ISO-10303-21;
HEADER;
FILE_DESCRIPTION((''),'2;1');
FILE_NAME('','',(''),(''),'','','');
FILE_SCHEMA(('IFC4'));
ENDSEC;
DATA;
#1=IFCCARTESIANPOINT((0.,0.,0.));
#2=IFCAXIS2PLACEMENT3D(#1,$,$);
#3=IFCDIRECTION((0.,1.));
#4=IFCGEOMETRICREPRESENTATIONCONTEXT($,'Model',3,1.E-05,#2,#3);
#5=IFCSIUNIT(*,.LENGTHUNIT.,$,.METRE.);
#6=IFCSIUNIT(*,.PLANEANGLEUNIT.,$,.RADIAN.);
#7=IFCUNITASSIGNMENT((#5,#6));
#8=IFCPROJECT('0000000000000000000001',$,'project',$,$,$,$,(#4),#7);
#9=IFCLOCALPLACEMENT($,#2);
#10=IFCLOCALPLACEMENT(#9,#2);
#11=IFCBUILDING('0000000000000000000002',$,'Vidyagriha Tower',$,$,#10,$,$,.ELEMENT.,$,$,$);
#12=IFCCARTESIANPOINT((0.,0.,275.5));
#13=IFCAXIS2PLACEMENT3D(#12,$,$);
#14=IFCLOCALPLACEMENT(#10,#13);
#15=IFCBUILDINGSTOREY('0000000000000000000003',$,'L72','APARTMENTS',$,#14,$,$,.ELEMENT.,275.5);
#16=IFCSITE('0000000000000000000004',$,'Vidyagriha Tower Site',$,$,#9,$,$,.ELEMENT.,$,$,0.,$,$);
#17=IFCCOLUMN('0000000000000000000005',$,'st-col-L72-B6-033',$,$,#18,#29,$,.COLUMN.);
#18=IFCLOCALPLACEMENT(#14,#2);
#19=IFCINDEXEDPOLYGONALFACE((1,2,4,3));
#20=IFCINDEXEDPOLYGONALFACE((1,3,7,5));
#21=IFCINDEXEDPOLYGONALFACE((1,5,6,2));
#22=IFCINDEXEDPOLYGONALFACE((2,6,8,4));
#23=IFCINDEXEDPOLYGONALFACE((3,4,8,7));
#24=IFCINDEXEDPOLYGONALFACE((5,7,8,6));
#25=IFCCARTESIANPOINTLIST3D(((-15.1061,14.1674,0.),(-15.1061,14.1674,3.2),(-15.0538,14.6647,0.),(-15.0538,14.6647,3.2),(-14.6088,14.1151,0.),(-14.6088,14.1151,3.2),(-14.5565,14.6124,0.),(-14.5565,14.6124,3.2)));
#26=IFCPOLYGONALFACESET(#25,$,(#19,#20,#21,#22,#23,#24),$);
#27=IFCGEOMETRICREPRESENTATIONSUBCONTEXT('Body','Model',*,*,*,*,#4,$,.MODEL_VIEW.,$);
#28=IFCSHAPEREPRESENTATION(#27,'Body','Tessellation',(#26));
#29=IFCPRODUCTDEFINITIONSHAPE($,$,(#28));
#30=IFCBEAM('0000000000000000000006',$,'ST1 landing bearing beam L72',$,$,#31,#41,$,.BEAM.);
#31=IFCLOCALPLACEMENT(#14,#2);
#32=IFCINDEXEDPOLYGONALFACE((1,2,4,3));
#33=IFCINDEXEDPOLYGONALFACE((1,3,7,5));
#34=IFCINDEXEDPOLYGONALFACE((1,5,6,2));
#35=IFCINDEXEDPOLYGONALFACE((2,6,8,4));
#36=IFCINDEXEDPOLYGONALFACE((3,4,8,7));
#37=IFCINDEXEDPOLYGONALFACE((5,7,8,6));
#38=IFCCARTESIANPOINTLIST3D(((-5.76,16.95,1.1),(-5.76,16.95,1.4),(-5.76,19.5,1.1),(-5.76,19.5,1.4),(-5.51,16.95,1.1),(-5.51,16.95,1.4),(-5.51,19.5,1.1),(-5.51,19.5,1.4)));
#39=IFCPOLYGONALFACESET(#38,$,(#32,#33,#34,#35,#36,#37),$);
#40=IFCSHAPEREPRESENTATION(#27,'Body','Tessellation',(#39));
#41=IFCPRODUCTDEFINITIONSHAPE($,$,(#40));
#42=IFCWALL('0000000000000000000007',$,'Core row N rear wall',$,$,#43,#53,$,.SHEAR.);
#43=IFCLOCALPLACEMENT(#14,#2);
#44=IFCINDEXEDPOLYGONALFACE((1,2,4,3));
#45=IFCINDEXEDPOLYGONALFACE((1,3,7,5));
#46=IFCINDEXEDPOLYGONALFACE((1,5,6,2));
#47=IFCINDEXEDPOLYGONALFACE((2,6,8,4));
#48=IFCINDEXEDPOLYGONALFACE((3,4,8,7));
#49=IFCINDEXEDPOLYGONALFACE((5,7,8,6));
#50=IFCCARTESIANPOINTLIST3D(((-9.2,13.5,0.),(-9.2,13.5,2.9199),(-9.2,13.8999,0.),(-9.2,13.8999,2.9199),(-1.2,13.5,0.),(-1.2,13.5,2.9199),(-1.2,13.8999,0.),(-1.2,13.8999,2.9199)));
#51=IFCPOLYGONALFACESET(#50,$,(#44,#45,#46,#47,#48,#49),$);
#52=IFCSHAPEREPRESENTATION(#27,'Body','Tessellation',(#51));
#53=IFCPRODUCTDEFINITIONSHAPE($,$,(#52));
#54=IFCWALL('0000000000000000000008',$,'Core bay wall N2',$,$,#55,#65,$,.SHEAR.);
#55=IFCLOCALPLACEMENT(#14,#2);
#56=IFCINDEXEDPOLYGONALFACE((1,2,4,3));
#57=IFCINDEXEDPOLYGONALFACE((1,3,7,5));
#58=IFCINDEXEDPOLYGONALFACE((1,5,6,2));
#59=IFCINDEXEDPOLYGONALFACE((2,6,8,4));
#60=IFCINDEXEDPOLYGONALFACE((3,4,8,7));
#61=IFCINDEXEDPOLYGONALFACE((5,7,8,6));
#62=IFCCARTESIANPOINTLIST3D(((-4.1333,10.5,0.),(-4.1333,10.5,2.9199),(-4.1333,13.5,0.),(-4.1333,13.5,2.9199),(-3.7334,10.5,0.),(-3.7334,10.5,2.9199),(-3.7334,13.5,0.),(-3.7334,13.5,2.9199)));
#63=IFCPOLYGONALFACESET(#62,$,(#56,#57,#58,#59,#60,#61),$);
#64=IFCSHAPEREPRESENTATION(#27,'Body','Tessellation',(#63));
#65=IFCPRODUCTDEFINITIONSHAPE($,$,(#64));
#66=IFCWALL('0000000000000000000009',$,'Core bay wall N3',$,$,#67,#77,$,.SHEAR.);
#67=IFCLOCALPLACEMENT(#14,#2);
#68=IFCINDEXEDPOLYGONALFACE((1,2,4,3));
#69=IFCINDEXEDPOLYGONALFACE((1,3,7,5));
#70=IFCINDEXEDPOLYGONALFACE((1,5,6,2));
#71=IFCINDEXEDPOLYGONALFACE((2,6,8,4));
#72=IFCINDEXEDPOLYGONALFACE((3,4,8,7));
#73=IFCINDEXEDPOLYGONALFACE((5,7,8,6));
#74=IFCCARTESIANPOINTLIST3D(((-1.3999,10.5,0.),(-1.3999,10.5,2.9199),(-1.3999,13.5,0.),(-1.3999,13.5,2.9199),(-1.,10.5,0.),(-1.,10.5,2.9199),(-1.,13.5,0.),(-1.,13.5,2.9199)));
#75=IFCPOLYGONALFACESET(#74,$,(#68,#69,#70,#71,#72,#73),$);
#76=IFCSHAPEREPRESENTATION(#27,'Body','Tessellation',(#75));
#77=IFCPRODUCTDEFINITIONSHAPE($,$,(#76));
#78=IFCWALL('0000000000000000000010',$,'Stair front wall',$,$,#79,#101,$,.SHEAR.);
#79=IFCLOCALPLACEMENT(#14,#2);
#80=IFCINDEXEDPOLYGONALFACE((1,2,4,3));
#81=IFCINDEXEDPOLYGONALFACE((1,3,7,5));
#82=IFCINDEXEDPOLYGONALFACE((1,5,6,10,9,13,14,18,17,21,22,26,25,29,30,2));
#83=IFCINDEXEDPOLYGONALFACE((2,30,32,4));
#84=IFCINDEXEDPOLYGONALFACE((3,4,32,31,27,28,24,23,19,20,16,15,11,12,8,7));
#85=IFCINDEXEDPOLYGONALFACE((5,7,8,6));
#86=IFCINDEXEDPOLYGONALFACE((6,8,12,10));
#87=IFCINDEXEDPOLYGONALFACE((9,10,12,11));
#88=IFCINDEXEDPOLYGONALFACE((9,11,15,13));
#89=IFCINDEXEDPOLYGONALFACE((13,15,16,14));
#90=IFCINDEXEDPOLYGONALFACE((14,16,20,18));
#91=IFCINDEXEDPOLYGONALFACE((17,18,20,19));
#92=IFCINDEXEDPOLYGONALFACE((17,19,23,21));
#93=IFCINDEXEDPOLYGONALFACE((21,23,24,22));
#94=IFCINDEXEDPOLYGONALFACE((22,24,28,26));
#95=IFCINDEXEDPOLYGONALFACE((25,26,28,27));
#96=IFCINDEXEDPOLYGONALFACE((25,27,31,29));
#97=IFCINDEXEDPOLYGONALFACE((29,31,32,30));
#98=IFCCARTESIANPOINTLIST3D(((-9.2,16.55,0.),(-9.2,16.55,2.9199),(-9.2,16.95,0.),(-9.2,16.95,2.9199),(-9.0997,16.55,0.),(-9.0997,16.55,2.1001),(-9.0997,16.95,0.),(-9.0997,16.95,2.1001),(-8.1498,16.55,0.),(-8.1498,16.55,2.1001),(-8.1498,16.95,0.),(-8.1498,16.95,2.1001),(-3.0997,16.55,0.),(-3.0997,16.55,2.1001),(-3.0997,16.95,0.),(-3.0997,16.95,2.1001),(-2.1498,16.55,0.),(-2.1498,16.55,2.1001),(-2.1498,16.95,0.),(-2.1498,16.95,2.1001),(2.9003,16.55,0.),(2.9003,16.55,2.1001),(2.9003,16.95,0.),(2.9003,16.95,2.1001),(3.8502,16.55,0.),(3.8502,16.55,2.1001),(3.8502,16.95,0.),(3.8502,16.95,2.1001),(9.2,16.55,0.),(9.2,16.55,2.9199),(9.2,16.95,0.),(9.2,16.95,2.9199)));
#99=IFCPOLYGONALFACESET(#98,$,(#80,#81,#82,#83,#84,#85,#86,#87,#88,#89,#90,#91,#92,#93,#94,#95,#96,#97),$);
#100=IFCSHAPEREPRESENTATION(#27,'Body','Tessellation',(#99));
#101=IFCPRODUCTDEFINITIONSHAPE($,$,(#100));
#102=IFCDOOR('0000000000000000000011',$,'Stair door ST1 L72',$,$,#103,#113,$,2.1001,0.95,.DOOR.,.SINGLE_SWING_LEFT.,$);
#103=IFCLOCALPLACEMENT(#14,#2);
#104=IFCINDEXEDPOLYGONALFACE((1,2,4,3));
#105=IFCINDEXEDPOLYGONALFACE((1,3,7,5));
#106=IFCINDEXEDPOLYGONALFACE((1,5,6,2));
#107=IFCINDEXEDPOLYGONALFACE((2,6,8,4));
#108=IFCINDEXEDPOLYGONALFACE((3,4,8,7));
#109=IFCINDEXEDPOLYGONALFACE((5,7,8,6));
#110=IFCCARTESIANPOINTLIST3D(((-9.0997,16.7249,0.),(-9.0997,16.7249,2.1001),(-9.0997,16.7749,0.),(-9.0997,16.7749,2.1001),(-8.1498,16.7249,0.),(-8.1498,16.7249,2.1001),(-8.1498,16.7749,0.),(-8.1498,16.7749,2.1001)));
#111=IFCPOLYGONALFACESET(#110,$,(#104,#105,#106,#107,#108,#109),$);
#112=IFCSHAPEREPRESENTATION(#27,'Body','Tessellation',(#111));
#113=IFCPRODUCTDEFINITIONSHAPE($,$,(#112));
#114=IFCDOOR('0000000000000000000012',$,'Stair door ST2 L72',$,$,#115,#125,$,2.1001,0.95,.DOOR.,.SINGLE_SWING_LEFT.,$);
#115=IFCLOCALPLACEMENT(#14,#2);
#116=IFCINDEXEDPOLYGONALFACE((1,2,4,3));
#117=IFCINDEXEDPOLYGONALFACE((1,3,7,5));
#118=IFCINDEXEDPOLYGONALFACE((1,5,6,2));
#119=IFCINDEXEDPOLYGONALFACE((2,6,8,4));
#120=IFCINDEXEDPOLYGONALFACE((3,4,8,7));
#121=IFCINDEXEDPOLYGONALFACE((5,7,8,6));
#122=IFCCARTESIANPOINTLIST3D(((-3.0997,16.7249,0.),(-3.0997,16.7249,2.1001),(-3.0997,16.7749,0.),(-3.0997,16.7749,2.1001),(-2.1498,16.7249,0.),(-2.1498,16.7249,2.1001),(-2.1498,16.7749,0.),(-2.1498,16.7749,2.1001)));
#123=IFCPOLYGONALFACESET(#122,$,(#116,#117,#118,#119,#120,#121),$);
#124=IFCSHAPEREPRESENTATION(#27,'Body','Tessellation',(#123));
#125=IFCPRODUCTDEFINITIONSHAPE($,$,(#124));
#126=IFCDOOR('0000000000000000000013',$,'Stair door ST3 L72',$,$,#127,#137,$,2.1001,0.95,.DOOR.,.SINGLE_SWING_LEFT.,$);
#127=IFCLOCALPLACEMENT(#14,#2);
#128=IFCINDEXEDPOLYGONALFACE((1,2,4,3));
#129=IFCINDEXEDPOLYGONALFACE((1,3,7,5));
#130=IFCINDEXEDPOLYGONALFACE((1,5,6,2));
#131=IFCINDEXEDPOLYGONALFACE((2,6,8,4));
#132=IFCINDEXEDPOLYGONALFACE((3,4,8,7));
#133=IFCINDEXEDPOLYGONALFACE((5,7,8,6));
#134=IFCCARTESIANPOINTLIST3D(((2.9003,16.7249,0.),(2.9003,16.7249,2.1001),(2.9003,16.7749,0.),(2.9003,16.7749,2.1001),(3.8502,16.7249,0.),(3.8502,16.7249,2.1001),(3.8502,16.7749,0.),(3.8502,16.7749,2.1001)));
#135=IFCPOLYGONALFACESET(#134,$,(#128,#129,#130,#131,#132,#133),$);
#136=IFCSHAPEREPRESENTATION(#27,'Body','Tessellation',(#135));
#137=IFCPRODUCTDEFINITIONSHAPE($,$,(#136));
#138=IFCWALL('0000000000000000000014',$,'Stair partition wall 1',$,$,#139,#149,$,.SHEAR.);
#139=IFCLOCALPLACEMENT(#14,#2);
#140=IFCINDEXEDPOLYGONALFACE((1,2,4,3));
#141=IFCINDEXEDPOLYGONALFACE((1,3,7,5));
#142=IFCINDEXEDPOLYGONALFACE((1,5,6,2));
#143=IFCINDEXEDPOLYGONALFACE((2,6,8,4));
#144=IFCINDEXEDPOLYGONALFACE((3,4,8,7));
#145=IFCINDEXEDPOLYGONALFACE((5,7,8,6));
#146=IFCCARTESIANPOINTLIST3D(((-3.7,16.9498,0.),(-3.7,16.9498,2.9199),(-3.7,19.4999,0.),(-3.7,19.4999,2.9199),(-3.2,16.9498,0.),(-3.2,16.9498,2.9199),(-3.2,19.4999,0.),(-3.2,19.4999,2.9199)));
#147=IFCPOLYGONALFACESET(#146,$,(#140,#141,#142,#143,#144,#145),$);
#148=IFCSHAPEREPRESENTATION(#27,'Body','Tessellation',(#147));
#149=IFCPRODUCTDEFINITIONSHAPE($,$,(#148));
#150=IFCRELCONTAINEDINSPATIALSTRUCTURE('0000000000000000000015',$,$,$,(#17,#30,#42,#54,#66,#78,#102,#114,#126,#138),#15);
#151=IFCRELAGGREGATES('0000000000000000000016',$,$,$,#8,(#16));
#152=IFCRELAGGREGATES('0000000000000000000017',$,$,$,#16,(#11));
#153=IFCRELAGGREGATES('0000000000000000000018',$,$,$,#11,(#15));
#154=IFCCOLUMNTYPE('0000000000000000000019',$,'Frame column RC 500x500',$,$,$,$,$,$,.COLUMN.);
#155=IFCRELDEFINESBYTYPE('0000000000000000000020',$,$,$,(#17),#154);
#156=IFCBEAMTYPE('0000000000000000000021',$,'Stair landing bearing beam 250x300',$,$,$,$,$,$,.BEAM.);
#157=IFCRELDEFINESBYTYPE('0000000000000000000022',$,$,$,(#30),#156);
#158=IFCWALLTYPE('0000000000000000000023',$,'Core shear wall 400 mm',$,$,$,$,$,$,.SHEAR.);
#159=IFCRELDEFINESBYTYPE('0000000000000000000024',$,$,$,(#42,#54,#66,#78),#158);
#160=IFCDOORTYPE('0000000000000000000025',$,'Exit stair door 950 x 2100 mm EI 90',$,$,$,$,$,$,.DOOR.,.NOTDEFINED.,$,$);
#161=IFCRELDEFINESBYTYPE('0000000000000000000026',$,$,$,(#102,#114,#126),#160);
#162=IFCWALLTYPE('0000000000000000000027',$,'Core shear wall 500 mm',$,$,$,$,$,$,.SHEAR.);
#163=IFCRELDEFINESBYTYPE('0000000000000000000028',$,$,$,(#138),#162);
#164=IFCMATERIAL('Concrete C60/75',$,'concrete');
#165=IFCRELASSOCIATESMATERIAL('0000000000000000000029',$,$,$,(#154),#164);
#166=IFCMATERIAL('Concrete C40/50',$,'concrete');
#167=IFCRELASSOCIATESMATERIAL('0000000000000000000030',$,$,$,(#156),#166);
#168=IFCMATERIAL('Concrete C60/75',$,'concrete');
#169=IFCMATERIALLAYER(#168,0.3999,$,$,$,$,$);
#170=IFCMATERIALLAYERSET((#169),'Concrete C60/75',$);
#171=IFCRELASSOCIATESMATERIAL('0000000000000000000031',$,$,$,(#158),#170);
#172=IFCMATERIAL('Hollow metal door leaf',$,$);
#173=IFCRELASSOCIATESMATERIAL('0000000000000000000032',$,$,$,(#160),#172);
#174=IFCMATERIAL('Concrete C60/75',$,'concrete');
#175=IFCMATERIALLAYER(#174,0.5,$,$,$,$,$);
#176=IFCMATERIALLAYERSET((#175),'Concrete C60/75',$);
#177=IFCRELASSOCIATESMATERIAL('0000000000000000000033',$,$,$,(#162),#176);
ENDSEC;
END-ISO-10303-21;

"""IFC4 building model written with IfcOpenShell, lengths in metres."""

from ifc_helpers import new_model, si_unit, direction, frame, frame_2d, origin, origin_2d, place, context, subcontext, project, spatial, rectangle, extrude, material, layer, layer_set, material_profile, profile_set, type_object, element, fill, save


model = new_model("IFC4")

# Units and contexts
model_context = context("Model", 3, precision=1e-05, world=origin(), true_north=direction((0.0, 1.0)))
body_context = subcontext(model_context, "Body", "Model", "MODEL_VIEW")
ifc_project = project(units=[si_unit("LENGTHUNIT", "METRE"), si_unit("PLANEANGLEUNIT", "RADIAN")], contexts=[model_context])

# Site, building, storey
site_placement = place(None, origin())
site = spatial("IfcSite", under=ifc_project, at=site_placement, Name="Vidyagriha Tower Site", CompositionType="ELEMENT", RefElevation=0.0)
building_placement = place(site_placement, origin())
building = spatial("IfcBuilding", under=site, at=building_placement, Name="Vidyagriha Tower", CompositionType="ELEMENT")
storey_placement = place(building_placement, frame((0.0, 0.0, 275.5)))
storey = spatial("IfcBuildingStorey", under=building, at=storey_placement, Name="L72", Description="APARTMENTS", CompositionType="ELEMENT", Elevation=275.5)

# Column
ifc_material_1 = material(Name="Concrete C60/75", Category="concrete")
ifc_material_profile_1 = material_profile(ifc_material_1, rectangle(XDim=0.5, YDim=0.5, at=origin_2d()), Name="RC 500x500")
ifc_profile_set_1 = profile_set([ifc_material_profile_1], Name="Concrete C60/75")
column_type = type_object("IfcColumnType", Name="Frame column RC 500x500", PredefinedType="COLUMN", material=ifc_profile_set_1)
column_placement = place(storey_placement, frame((-14.8313, 14.3899, 0.0), z_axis=(0.0, 0.0, 1.0), x_axis=(0.994522, -0.104528, 0.0)))
element("IfcColumn", 1, at=column_placement, inside=storey, type_object=column_type, Name="st-col-L72-B6-033", PredefinedType="COLUMN", context=body_context, shape_type="SweptSolid", body=[
    extrude(rectangle(XDim=0.5, YDim=0.5, at=origin_2d()), origin(), (0.0, 0.0, 1.0), 3.2),
])

# Beam
ifc_material_2 = material(Name="Concrete C40/50", Category="concrete")
ifc_material_profile_2 = material_profile(ifc_material_2, rectangle(XDim=0.25, YDim=0.3, at=origin_2d()), Name="Stair landing bearing beam 250x300")
ifc_profile_set_2 = profile_set([ifc_material_profile_2], Name="Concrete C40/50")
beam_type = type_object("IfcBeamType", Name="Stair landing bearing beam 250x300", PredefinedType="BEAM", material=ifc_profile_set_2)
beam_placement = place(storey_placement, frame((-5.635, 16.95, 1.25), z_axis=(0.0, 1.0, 0.0), x_axis=(-1.0, 0.0, 0.0)))
element("IfcBeam", 2, at=beam_placement, inside=storey, type_object=beam_type, Name="ST1 landing bearing beam L72", PredefinedType="BEAM", context=body_context, shape_type="SweptSolid", body=[
    extrude(rectangle(XDim=0.25, YDim=0.3, at=origin_2d()), origin(), (0.0, 0.0, 1.0), 2.55),
])

# Walls
ifc_material_3 = material(Name="Concrete C60/75", Category="concrete")
ifc_layer_1 = layer(ifc_material_3, 0.3999)
ifc_layer_set_1 = layer_set([ifc_layer_1], Name="Concrete C60/75")
wall_type_1 = type_object("IfcWallType", Name="Core shear wall 400 mm", PredefinedType="SHEAR", material=ifc_layer_set_1)
wall_1_placement = place(storey_placement, frame((-9.2, 13.7, 0.0)))
element("IfcWall", 3, at=wall_1_placement, inside=storey, type_object=wall_type_1, Name="Core row N rear wall", PredefinedType="SHEAR", context=body_context, shape_type="SweptSolid", body=[
    extrude(rectangle(XDim=8.0, YDim=0.3999, at=frame_2d((4.0, 0.0))), origin(), (0.0, 0.0, 1.0), 2.9199),
])
for number, where, z_axis, x_axis, name in (
    (4, (-3.9333, 10.5, 0.0), (0.0, 0.0, 1.0), (0.0, 1.0, 0.0), "Core bay wall N2"),
    (5, (-1.2, 10.5, 0.0), (0.0, 0.0, 1.0), (0.0, 1.0, 0.0), "Core bay wall N3"),
):
    element("IfcWall", number, at=place(storey_placement, frame(where, z_axis=z_axis, x_axis=x_axis)), inside=storey, type_object=wall_type_1, Name=name, PredefinedType="SHEAR", context=body_context, shape_type="SweptSolid", body=[
        extrude(rectangle(XDim=3.0, YDim=0.3999, at=frame_2d((1.5, 0.0))), origin(), (0.0, 0.0, 1.0), 2.9199),
    ])

# Wall, openings, doors
wall_2_placement = place(storey_placement, frame((-9.2, 16.75, 0.0)))
wall_2 = element("IfcWall", 6, at=wall_2_placement, inside=storey, type_object=wall_type_1, Name="Stair front wall", PredefinedType="SHEAR", context=body_context, shape_type="SweptSolid", body=[
    extrude(rectangle(XDim=18.3999, YDim=0.3999, at=frame_2d((9.2, 0.0))), origin(), (0.0, 0.0, 1.0), 2.9199),
])
opening_1_placement = place(wall_2_placement, frame((0.1001, 0.0, 0.0)))
opening_1 = element("IfcOpeningElement", 7, at=opening_1_placement, cuts=wall_2, PredefinedType="OPENING", context=body_context, shape_type="SweptSolid", body=[
    extrude(rectangle(XDim=0.95, YDim=2.1001, at=frame_2d((0.4751, 1.05))), frame((0.0, 0.21, 0.0), z_axis=(0.0, -1.0, 0.0), x_axis=(1.0, 0.0, 0.0)), (0.0, 0.0, 1.0), 0.4199),
])
opening_2_placement = place(wall_2_placement, frame((6.1001, 0.0, 0.0)))
opening_2 = element("IfcOpeningElement", 8, at=opening_2_placement, cuts=wall_2, PredefinedType="OPENING", context=body_context, shape_type="SweptSolid", body=[
    extrude(rectangle(XDim=0.95, YDim=2.1001, at=frame_2d((0.4751, 1.05))), frame((0.0, 0.21, 0.0), z_axis=(0.0, -1.0, 0.0), x_axis=(1.0, 0.0, 0.0)), (0.0, 0.0, 1.0), 0.4199),
])
opening_3_placement = place(wall_2_placement, frame((12.1001, 0.0, 0.0)))
opening_3 = element("IfcOpeningElement", 9, at=opening_3_placement, cuts=wall_2, PredefinedType="OPENING", context=body_context, shape_type="SweptSolid", body=[
    extrude(rectangle(XDim=0.95, YDim=2.1001, at=frame_2d((0.4751, 1.05))), frame((0.0, 0.21, 0.0), z_axis=(0.0, -1.0, 0.0), x_axis=(1.0, 0.0, 0.0)), (0.0, 0.0, 1.0), 0.4199),
])
ifc_material_4 = material(Name="Hollow metal door leaf")
door_type_1 = type_object("IfcDoorType", Name="Exit stair door 950 x 2100 mm EI 90", OperationType="NOTDEFINED", PredefinedType="DOOR", material=ifc_material_4)
door_1_placement = place(opening_1_placement, origin())
door_1 = element("IfcDoor", 10, at=door_1_placement, inside=storey, type_object=door_type_1, Name="Stair door ST1 L72", OperationType="SINGLE_SWING_LEFT", OverallHeight=2.1001, OverallWidth=0.95, PredefinedType="DOOR", context=body_context, shape_type="SweptSolid", body=[
    extrude(rectangle(XDim=0.95, YDim=2.1001, at=frame_2d((0.4751, 1.05))), frame((0.0, 0.0249, 0.0), z_axis=(0.0, -1.0, 0.0), x_axis=(1.0, 0.0, 0.0)), (0.0, 0.0, 1.0), 0.05),
])
fill(opening_1, door_1)
door_2_placement = place(opening_2_placement, origin())
door_2 = element("IfcDoor", 11, at=door_2_placement, inside=storey, type_object=door_type_1, Name="Stair door ST2 L72", OperationType="SINGLE_SWING_LEFT", OverallHeight=2.1001, OverallWidth=0.95, PredefinedType="DOOR", context=body_context, shape_type="SweptSolid", body=[
    extrude(rectangle(XDim=0.95, YDim=2.1001, at=frame_2d((0.4751, 1.05))), frame((0.0, 0.0249, 0.0), z_axis=(0.0, -1.0, 0.0), x_axis=(1.0, 0.0, 0.0)), (0.0, 0.0, 1.0), 0.05),
])
fill(opening_2, door_2)
door_3_placement = place(opening_3_placement, origin())
door_3 = element("IfcDoor", 12, at=door_3_placement, inside=storey, type_object=door_type_1, Name="Stair door ST3 L72", OperationType="SINGLE_SWING_LEFT", OverallHeight=2.1001, OverallWidth=0.95, PredefinedType="DOOR", context=body_context, shape_type="SweptSolid", body=[
    extrude(rectangle(XDim=0.95, YDim=2.1001, at=frame_2d((0.4751, 1.05))), frame((0.0, 0.0249, 0.0), z_axis=(0.0, -1.0, 0.0), x_axis=(1.0, 0.0, 0.0)), (0.0, 0.0, 1.0), 0.05),
])
fill(opening_3, door_3)

# Wall
ifc_material_5 = material(Name="Concrete C60/75", Category="concrete")
ifc_layer_2 = layer(ifc_material_5, 0.5)
ifc_layer_set_2 = layer_set([ifc_layer_2], Name="Concrete C60/75")
wall_type_2 = type_object("IfcWallType", Name="Core shear wall 500 mm", PredefinedType="SHEAR", material=ifc_layer_set_2)
wall_3_placement = place(storey_placement, frame((-3.45, 16.95, 0.0), z_axis=(0.0, 0.0, 1.0), x_axis=(0.0, 1.0, 0.0)))
element("IfcWall", 13, at=wall_3_placement, inside=storey, type_object=wall_type_2, Name="Stair partition wall 1", PredefinedType="SHEAR", context=body_context, shape_type="SweptSolid", body=[
    extrude(rectangle(XDim=2.55, YDim=0.5, at=frame_2d((1.2749, 0.0))), origin(), (0.0, 0.0, 1.0), 2.9199),
])

save(model, "model.ifc")
